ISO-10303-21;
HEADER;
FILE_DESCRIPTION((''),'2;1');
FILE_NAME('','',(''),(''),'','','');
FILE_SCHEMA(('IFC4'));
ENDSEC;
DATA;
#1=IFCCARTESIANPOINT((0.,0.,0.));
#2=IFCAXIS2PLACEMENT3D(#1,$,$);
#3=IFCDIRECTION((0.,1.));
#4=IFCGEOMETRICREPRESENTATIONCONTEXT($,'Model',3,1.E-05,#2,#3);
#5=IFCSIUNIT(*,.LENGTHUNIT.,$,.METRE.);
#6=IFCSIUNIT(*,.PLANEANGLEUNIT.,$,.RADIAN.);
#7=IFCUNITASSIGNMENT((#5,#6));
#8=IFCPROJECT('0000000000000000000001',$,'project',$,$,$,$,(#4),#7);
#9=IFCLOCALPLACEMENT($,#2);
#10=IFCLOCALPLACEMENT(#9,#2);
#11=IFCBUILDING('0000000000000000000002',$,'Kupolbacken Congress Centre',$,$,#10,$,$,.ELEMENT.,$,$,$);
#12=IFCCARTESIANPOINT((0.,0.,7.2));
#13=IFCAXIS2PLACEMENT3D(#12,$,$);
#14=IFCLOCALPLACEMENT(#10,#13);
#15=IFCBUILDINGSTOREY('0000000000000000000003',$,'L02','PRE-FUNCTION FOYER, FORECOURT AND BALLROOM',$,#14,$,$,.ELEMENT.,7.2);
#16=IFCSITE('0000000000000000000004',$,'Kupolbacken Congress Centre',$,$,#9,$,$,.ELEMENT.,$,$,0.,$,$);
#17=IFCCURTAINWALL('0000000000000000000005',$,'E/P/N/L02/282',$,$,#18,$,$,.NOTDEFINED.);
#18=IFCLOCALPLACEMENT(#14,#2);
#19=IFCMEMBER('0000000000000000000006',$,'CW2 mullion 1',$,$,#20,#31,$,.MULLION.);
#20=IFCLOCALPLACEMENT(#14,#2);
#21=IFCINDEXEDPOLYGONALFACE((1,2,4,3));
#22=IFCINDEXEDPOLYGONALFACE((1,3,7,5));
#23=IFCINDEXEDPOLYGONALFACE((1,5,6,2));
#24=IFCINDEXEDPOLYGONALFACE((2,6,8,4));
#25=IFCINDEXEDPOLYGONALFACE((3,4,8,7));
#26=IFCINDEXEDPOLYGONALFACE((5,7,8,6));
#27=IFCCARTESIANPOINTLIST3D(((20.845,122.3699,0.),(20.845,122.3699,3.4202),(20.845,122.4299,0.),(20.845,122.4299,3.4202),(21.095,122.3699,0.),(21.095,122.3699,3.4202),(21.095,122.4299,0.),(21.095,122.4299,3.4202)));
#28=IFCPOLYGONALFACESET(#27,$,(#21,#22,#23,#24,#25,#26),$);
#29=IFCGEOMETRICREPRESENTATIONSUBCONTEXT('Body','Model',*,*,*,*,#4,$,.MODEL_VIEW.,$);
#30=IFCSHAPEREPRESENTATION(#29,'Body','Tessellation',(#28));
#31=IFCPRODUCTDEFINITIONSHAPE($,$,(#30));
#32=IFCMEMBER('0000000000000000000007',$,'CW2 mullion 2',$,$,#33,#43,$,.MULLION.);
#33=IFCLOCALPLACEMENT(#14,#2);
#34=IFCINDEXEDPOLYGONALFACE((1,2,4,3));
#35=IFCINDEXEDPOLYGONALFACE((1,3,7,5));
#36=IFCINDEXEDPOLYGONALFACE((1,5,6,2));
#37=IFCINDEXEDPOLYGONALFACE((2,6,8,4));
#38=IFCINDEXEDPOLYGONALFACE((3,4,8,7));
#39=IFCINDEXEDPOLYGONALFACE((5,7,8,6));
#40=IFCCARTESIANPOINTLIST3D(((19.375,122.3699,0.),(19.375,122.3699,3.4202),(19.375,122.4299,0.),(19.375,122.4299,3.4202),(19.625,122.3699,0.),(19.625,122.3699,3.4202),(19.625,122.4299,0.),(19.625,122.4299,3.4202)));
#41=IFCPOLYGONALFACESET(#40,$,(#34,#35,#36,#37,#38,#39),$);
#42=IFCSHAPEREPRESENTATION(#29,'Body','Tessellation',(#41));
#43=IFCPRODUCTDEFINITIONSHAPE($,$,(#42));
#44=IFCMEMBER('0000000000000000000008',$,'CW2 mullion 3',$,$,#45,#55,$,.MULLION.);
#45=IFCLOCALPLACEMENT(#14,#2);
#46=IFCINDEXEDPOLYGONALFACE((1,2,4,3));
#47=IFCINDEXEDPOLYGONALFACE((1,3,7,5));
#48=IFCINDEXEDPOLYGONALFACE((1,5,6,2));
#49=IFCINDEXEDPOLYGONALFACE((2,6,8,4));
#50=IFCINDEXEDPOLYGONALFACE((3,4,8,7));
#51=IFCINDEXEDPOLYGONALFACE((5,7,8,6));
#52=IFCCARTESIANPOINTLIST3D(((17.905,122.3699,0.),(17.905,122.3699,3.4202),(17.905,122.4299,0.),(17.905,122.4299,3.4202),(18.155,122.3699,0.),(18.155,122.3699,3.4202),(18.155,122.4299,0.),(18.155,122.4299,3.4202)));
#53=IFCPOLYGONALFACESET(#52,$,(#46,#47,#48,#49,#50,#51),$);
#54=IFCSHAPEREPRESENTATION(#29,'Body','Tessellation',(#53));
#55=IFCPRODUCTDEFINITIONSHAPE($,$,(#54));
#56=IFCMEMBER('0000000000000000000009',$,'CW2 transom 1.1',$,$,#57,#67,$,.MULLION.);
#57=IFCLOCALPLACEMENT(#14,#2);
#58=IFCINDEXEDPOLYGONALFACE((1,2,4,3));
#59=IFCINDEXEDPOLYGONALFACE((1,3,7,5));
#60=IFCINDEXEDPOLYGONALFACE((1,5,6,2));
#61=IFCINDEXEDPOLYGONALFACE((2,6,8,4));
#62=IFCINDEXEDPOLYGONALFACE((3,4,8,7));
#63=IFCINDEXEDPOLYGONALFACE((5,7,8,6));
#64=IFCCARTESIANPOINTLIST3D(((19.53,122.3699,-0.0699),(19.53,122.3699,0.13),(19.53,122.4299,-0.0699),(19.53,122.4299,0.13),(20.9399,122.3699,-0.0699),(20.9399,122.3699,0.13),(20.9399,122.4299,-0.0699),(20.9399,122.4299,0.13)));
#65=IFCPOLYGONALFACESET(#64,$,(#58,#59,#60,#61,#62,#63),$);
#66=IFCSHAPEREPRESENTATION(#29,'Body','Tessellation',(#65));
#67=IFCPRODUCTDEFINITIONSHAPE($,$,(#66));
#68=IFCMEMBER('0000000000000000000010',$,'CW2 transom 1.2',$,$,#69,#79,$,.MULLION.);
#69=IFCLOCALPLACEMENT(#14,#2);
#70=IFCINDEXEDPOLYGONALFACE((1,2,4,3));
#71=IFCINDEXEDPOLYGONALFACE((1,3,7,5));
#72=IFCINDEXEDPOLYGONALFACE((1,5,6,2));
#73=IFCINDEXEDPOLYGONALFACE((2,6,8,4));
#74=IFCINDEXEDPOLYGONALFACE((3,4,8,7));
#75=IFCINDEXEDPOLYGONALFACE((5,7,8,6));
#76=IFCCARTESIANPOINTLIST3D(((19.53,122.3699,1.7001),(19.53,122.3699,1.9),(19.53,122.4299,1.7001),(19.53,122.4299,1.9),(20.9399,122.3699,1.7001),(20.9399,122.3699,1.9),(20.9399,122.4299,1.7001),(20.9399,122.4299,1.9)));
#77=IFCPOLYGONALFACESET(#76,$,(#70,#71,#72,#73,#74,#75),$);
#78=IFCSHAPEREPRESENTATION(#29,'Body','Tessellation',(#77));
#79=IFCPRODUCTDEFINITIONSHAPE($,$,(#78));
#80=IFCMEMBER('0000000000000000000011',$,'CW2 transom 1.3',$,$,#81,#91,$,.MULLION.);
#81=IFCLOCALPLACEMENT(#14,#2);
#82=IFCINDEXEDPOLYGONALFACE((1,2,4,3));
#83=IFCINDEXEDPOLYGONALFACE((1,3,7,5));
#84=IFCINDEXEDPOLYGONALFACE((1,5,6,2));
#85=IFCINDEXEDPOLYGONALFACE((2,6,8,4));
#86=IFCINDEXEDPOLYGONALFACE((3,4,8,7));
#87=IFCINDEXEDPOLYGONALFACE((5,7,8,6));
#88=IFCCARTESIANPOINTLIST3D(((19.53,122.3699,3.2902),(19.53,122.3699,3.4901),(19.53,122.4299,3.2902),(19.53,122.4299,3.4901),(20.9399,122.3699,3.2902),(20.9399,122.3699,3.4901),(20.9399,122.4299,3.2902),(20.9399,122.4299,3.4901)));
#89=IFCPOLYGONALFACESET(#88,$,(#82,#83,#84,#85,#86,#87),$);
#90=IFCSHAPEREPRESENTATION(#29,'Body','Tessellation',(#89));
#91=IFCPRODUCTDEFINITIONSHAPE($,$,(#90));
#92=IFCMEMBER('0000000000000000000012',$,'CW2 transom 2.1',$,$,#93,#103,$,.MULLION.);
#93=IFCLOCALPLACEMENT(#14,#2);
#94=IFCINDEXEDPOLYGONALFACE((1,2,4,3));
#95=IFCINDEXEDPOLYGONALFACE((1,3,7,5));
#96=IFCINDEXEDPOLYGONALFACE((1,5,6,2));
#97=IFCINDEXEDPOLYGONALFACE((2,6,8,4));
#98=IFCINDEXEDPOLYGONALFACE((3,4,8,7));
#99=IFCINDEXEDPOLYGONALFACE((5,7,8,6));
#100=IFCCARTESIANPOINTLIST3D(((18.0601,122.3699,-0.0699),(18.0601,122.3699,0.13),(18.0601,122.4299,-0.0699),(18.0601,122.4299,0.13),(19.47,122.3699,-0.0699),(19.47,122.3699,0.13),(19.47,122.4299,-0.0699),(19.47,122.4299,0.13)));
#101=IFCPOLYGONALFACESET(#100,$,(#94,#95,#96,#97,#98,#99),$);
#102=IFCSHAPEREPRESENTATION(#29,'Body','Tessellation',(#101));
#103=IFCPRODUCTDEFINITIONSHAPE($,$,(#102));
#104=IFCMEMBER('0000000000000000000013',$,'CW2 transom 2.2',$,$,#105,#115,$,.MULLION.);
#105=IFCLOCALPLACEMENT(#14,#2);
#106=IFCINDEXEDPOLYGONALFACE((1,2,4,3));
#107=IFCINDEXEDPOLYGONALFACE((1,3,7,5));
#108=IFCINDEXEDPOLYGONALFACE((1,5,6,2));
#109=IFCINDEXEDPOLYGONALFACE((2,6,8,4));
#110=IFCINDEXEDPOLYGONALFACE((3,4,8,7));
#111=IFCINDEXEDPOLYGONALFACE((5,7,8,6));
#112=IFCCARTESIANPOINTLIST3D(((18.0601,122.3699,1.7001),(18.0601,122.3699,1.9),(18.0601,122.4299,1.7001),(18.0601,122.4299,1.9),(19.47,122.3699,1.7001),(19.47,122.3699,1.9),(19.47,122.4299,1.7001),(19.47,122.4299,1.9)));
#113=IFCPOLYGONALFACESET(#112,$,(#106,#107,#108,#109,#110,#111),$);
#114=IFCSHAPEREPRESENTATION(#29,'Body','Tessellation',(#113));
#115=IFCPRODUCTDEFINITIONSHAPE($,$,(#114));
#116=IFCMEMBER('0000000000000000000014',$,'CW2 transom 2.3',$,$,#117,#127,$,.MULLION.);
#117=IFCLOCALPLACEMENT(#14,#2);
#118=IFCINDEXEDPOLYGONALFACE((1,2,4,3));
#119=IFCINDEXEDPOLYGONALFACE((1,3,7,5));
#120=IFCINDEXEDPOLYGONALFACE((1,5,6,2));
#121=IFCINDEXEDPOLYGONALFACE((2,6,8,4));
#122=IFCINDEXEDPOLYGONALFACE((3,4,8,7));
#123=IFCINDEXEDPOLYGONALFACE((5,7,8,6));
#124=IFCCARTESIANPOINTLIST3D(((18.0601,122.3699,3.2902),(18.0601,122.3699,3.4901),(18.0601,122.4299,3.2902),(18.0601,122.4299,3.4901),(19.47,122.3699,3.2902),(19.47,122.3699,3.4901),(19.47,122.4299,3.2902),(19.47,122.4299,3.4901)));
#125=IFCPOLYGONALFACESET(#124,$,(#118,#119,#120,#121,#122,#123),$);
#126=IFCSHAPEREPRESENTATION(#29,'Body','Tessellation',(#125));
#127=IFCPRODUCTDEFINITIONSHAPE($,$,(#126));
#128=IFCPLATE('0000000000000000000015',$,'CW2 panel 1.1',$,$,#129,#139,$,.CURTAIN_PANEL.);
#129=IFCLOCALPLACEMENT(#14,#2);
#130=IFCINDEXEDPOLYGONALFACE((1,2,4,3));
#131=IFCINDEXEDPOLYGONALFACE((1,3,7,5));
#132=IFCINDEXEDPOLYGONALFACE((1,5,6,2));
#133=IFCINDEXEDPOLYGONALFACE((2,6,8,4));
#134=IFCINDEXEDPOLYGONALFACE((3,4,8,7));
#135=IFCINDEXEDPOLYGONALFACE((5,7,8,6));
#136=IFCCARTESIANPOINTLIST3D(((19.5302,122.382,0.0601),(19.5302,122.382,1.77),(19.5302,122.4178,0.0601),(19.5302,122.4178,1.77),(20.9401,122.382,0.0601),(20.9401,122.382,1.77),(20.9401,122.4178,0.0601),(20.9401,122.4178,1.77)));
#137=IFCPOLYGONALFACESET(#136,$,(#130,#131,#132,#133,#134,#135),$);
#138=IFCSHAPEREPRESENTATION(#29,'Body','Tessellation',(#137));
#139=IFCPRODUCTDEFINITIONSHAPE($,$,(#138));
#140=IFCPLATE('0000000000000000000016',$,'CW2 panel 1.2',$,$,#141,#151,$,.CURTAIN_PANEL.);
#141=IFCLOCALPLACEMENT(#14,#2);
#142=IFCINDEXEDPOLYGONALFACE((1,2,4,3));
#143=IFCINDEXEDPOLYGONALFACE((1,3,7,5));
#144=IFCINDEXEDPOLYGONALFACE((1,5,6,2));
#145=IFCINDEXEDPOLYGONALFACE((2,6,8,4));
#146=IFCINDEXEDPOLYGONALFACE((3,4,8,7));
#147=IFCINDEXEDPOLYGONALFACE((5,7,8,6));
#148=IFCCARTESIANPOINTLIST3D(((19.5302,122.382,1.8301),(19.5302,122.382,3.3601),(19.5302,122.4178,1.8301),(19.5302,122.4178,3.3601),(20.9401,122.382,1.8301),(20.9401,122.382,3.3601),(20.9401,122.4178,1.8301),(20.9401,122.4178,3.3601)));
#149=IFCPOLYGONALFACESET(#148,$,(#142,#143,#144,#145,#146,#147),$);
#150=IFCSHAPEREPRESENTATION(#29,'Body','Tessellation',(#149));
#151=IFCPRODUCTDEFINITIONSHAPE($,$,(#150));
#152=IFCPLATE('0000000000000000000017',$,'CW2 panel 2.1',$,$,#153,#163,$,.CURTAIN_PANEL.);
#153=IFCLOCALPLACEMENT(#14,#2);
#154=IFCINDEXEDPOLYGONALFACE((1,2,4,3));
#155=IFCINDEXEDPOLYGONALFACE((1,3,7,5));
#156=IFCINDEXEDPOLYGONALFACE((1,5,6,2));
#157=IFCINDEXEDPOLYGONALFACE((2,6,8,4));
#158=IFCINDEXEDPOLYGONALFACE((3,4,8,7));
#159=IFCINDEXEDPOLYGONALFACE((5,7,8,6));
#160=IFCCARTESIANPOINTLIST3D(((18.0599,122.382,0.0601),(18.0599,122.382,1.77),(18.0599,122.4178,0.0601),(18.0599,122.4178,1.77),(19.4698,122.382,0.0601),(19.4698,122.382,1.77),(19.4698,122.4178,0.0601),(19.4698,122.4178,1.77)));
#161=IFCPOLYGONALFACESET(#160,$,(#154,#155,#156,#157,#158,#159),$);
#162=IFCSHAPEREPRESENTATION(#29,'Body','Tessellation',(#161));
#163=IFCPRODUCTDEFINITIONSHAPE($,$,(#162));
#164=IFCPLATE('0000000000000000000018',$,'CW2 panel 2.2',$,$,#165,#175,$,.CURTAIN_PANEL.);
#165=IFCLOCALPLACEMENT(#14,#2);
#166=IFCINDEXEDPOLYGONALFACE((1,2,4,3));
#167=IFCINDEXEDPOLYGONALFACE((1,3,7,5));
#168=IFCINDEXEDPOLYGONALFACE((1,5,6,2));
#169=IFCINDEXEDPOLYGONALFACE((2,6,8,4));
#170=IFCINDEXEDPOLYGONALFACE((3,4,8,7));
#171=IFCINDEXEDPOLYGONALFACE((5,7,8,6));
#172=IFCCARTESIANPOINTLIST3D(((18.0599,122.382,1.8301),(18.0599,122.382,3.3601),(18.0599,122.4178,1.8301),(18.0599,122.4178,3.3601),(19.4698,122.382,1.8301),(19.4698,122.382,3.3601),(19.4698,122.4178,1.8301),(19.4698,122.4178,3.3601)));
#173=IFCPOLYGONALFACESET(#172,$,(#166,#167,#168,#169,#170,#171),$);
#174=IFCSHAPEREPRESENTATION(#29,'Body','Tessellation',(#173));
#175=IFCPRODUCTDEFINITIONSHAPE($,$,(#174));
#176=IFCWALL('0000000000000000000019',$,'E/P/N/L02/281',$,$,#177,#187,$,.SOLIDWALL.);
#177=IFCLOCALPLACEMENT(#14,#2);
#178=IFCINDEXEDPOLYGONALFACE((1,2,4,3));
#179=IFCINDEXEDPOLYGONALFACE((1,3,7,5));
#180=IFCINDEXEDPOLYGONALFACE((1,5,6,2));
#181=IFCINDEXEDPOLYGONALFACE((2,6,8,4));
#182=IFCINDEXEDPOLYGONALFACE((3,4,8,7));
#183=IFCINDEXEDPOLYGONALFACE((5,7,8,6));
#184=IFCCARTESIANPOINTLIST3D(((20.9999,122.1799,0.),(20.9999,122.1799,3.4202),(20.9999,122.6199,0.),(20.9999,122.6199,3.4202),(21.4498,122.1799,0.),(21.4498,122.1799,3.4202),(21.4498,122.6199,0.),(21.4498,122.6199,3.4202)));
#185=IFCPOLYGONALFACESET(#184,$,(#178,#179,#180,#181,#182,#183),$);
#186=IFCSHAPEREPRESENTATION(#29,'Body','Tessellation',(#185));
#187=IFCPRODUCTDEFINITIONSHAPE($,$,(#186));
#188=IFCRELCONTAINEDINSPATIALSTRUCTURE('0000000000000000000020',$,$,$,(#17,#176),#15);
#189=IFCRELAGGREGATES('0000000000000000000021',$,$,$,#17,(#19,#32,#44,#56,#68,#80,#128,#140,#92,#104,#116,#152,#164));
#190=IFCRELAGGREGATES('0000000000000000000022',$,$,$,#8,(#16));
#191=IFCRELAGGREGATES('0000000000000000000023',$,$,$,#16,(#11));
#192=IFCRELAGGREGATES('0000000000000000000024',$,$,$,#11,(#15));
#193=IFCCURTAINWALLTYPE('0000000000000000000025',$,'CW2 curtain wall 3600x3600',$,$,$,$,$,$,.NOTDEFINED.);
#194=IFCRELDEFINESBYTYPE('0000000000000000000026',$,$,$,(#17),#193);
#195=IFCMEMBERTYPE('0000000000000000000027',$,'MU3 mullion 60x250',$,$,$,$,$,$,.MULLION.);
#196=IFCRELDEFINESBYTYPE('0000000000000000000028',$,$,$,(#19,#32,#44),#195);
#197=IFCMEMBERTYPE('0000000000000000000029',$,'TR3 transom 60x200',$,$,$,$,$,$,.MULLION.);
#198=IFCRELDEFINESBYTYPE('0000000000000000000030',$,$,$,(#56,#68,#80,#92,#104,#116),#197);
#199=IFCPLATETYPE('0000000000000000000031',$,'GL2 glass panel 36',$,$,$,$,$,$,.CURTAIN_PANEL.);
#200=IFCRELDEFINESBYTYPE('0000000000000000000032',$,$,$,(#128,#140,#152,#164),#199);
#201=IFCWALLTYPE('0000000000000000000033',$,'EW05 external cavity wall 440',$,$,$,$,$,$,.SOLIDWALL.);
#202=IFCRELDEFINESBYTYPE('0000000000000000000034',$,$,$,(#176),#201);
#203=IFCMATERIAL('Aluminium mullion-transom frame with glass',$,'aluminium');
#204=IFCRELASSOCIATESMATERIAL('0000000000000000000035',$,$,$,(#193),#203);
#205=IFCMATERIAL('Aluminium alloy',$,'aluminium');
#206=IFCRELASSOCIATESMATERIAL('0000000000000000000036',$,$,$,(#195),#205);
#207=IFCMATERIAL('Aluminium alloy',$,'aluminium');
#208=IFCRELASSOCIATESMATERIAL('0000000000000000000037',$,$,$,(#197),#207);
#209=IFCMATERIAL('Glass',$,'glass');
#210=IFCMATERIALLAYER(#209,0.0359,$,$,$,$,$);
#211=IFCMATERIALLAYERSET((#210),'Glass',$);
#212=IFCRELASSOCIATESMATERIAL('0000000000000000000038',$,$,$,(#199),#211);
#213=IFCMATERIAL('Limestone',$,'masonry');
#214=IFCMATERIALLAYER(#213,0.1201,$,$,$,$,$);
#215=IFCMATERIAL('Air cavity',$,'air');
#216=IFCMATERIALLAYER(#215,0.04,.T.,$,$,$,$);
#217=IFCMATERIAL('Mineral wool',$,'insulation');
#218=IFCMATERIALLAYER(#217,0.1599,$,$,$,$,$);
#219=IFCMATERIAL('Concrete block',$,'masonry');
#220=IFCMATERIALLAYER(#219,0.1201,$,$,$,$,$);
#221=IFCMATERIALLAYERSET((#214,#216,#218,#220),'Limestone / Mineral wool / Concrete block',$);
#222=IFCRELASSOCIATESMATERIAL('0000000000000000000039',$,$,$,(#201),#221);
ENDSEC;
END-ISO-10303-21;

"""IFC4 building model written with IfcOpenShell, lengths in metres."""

from ifc_helpers import new_model, si_unit, direction, frame, frame_2d, origin, origin_2d, place, context, subcontext, project, spatial, rectangle, extrude, material, layer, layer_set, material_profile, profile_set, type_object, element, aggregate, save


model = new_model("IFC4")

# Units and contexts
model_context = context("Model", 3, precision=1e-05, world=origin(), true_north=direction((0.0, 1.0)))
body_context = subcontext(model_context, "Body", "Model", "MODEL_VIEW")
ifc_project = project(units=[si_unit("LENGTHUNIT", "METRE"), si_unit("PLANEANGLEUNIT", "RADIAN")], contexts=[model_context])

# Site, building, storey
site_placement = place(None, origin())
site = spatial("IfcSite", under=ifc_project, at=site_placement, Name="Kupolbacken Congress Centre", CompositionType="ELEMENT", RefElevation=0.0)
building_placement = place(site_placement, origin())
building = spatial("IfcBuilding", under=site, at=building_placement, Name="Kupolbacken Congress Centre", CompositionType="ELEMENT")
storey_placement = place(building_placement, frame((0.0, 0.0, 7.2)))
storey = spatial("IfcBuildingStorey", under=building, at=storey_placement, Name="L02", Description="PRE-FUNCTION FOYER, FORECOURT AND BALLROOM", CompositionType="ELEMENT", Elevation=7.2)

# Curtain wall, members, plates
ifc_material_1 = material(Name="Aluminium mullion-transom frame with glass", Category="aluminium")
curtain_wall_type = type_object("IfcCurtainWallType", Name="CW2 curtain wall 3600x3600", PredefinedType="NOTDEFINED", material=ifc_material_1)
curtain_wall_placement = place(storey_placement, origin())
curtain_wall = element("IfcCurtainWall", 1, at=curtain_wall_placement, inside=storey, type_object=curtain_wall_type, Name="E/P/N/L02/282", PredefinedType="NOTDEFINED")
ifc_material_2 = material(Name="Aluminium alloy", Category="aluminium")
ifc_material_profile_1 = material_profile(ifc_material_2, rectangle(XDim=0.0601, YDim=0.25, at=origin_2d()), Name="60 x 250")
ifc_profile_set_1 = profile_set([ifc_material_profile_1], Name="Aluminium alloy")
member_type_1 = type_object("IfcMemberType", Name="MU3 mullion 60x250", PredefinedType="MULLION", material=ifc_profile_set_1)
member_1_placement = place(storey_placement, frame((20.97, 122.3999, 0.0), z_axis=(0.0, 0.0, 1.0), x_axis=(0.0, -1.0, 0.0)))
member_1 = element("IfcMember", 2, at=member_1_placement, type_object=member_type_1, Name="CW2 mullion 1", PredefinedType="MULLION", context=body_context, shape_type="SweptSolid", body=[
    extrude(rectangle(XDim=0.0601, YDim=0.25, at=origin_2d()), origin(), (0.0, 0.0, 1.0), 3.4202),
])
member_2_placement = place(storey_placement, frame((19.5, 122.3999, 0.0), z_axis=(0.0, 0.0, 1.0), x_axis=(0.0, -1.0, 0.0)))
member_2 = element("IfcMember", 3, at=member_2_placement, type_object=member_type_1, Name="CW2 mullion 2", PredefinedType="MULLION", context=body_context, shape_type="SweptSolid", body=[
    extrude(rectangle(XDim=0.0601, YDim=0.25, at=origin_2d()), origin(), (0.0, 0.0, 1.0), 3.4202),
])
member_3_placement = place(storey_placement, frame((18.03, 122.3999, 0.0), z_axis=(0.0, 0.0, 1.0), x_axis=(0.0, -1.0, 0.0)))
member_3 = element("IfcMember", 4, at=member_3_placement, type_object=member_type_1, Name="CW2 mullion 3", PredefinedType="MULLION", context=body_context, shape_type="SweptSolid", body=[
    extrude(rectangle(XDim=0.0601, YDim=0.25, at=origin_2d()), origin(), (0.0, 0.0, 1.0), 3.4202),
])
ifc_material_3 = material(Name="Aluminium alloy", Category="aluminium")
ifc_material_profile_2 = material_profile(ifc_material_3, rectangle(XDim=0.0601, YDim=0.2, at=origin_2d()), Name="60 x 200")
ifc_profile_set_2 = profile_set([ifc_material_profile_2], Name="Aluminium alloy")
member_type_2 = type_object("IfcMemberType", Name="TR3 transom 60x200", PredefinedType="MULLION", material=ifc_profile_set_2)
member_4_placement = place(storey_placement, frame((20.9399, 122.3999, 0.03), z_axis=(-1.0, 0.0, 0.0), x_axis=(0.0, -1.0, 0.0)))
member_4 = element("IfcMember", 5, at=member_4_placement, type_object=member_type_2, Name="CW2 transom 1.1", PredefinedType="MULLION", context=body_context, shape_type="SweptSolid", body=[
    extrude(rectangle(XDim=0.0601, YDim=0.2, at=origin_2d()), origin(), (0.0, 0.0, 1.0), 1.4099),
])
member_5_placement = place(storey_placement, frame((20.9399, 122.3999, 1.8), z_axis=(-1.0, 0.0, 0.0), x_axis=(0.0, -1.0, 0.0)))
member_5 = element("IfcMember", 6, at=member_5_placement, type_object=member_type_2, Name="CW2 transom 1.2", PredefinedType="MULLION", context=body_context, shape_type="SweptSolid", body=[
    extrude(rectangle(XDim=0.0601, YDim=0.2, at=origin_2d()), origin(), (0.0, 0.0, 1.0), 1.4099),
])
member_6_placement = place(storey_placement, frame((20.9399, 122.3999, 3.3901), z_axis=(-1.0, 0.0, 0.0), x_axis=(0.0, -1.0, 0.0)))
member_6 = element("IfcMember", 7, at=member_6_placement, type_object=member_type_2, Name="CW2 transom 1.3", PredefinedType="MULLION", context=body_context, shape_type="SweptSolid", body=[
    extrude(rectangle(XDim=0.0601, YDim=0.2, at=origin_2d()), origin(), (0.0, 0.0, 1.0), 1.4099),
])
member_7_placement = place(storey_placement, frame((19.47, 122.3999, 0.03), z_axis=(-1.0, 0.0, 0.0), x_axis=(0.0, -1.0, 0.0)))
member_7 = element("IfcMember", 8, at=member_7_placement, type_object=member_type_2, Name="CW2 transom 2.1", PredefinedType="MULLION", context=body_context, shape_type="SweptSolid", body=[
    extrude(rectangle(XDim=0.0601, YDim=0.2, at=origin_2d()), origin(), (0.0, 0.0, 1.0), 1.4099),
])
member_8_placement = place(storey_placement, frame((19.47, 122.3999, 1.8), z_axis=(-1.0, 0.0, 0.0), x_axis=(0.0, -1.0, 0.0)))
member_8 = element("IfcMember", 9, at=member_8_placement, type_object=member_type_2, Name="CW2 transom 2.2", PredefinedType="MULLION", context=body_context, shape_type="SweptSolid", body=[
    extrude(rectangle(XDim=0.0601, YDim=0.2, at=origin_2d()), origin(), (0.0, 0.0, 1.0), 1.4099),
])
member_9_placement = place(storey_placement, frame((19.47, 122.3999, 3.3901), z_axis=(-1.0, 0.0, 0.0), x_axis=(0.0, -1.0, 0.0)))
member_9 = element("IfcMember", 10, at=member_9_placement, type_object=member_type_2, Name="CW2 transom 2.3", PredefinedType="MULLION", context=body_context, shape_type="SweptSolid", body=[
    extrude(rectangle(XDim=0.0601, YDim=0.2, at=origin_2d()), origin(), (0.0, 0.0, 1.0), 1.4099),
])
ifc_material_4 = material(Name="Glass", Category="glass")
ifc_layer_1 = layer(ifc_material_4, 0.0359)
ifc_layer_set_1 = layer_set([ifc_layer_1], Name="Glass")
plate_type = type_object("IfcPlateType", Name="GL2 glass panel 36", PredefinedType="CURTAIN_PANEL", material=ifc_layer_set_1)
plate_1_placement = place(storey_placement, frame((20.2351, 122.3999, 0.0601), z_axis=(0.0, 0.0, 1.0), x_axis=(-1.0, 0.0, 0.0)))
plate_1 = element("IfcPlate", 11, at=plate_1_placement, type_object=plate_type, Name="CW2 panel 1.1", PredefinedType="CURTAIN_PANEL", context=body_context, shape_type="SweptSolid", body=[
    extrude(rectangle(XDim=1.4099, YDim=0.0359, at=origin_2d()), origin(), (0.0, 0.0, 1.0), 1.71),
])
plate_2_placement = place(storey_placement, frame((20.2351, 122.3999, 1.8301), z_axis=(0.0, 0.0, 1.0), x_axis=(-1.0, 0.0, 0.0)))
plate_2 = element("IfcPlate", 12, at=plate_2_placement, type_object=plate_type, Name="CW2 panel 1.2", PredefinedType="CURTAIN_PANEL", context=body_context, shape_type="SweptSolid", body=[
    extrude(rectangle(XDim=1.4099, YDim=0.0359, at=origin_2d()), origin(), (0.0, 0.0, 1.0), 1.53),
])
plate_3_placement = place(storey_placement, frame((18.7649, 122.3999, 0.0601), z_axis=(0.0, 0.0, 1.0), x_axis=(-1.0, 0.0, 0.0)))
plate_3 = element("IfcPlate", 13, at=plate_3_placement, type_object=plate_type, Name="CW2 panel 2.1", PredefinedType="CURTAIN_PANEL", context=body_context, shape_type="SweptSolid", body=[
    extrude(rectangle(XDim=1.4099, YDim=0.0359, at=origin_2d()), origin(), (0.0, 0.0, 1.0), 1.71),
])
plate_4_placement = place(storey_placement, frame((18.7649, 122.3999, 1.8301), z_axis=(0.0, 0.0, 1.0), x_axis=(-1.0, 0.0, 0.0)))
plate_4 = element("IfcPlate", 14, at=plate_4_placement, type_object=plate_type, Name="CW2 panel 2.2", PredefinedType="CURTAIN_PANEL", context=body_context, shape_type="SweptSolid", body=[
    extrude(rectangle(XDim=1.4099, YDim=0.0359, at=origin_2d()), origin(), (0.0, 0.0, 1.0), 1.53),
])
aggregate(curtain_wall, [member_1, member_2, member_3, member_4, member_5, member_6, plate_1, plate_2, member_7, member_8, member_9, plate_3, plate_4])

# Wall
ifc_material_5 = material(Name="Limestone", Category="masonry")
ifc_layer_2 = layer(ifc_material_5, 0.1201)
ifc_material_6 = material(Name="Air cavity", Category="air")
ifc_layer_3 = layer(ifc_material_6, 0.04, ventilated=True)
ifc_material_7 = material(Name="Mineral wool", Category="insulation")
ifc_layer_4 = layer(ifc_material_7, 0.1599)
ifc_material_8 = material(Name="Concrete block", Category="masonry")
ifc_layer_5 = layer(ifc_material_8, 0.1201)
ifc_layer_set_2 = layer_set([ifc_layer_2, ifc_layer_3, ifc_layer_4, ifc_layer_5], Name="Limestone / Mineral wool / Concrete block")
wall_type = type_object("IfcWallType", Name="EW05 external cavity wall 440", PredefinedType="SOLIDWALL", material=ifc_layer_set_2)
wall_1_placement = place(storey_placement, frame((21.45, 122.3999, 0.0), z_axis=(0.0, 0.0, 1.0), x_axis=(-1.0, 0.0, 0.0)))
element("IfcWall", 15, at=wall_1_placement, inside=storey, type_object=wall_type, Name="E/P/N/L02/281", PredefinedType="SOLIDWALL", context=body_context, shape_type="SweptSolid", body=[
    extrude(rectangle(XDim=0.45, YDim=0.4399, at=frame_2d((0.2251, 0.0))), origin(), (0.0, 0.0, 1.0), 3.4202),
])

save(model, "model.ifc")
